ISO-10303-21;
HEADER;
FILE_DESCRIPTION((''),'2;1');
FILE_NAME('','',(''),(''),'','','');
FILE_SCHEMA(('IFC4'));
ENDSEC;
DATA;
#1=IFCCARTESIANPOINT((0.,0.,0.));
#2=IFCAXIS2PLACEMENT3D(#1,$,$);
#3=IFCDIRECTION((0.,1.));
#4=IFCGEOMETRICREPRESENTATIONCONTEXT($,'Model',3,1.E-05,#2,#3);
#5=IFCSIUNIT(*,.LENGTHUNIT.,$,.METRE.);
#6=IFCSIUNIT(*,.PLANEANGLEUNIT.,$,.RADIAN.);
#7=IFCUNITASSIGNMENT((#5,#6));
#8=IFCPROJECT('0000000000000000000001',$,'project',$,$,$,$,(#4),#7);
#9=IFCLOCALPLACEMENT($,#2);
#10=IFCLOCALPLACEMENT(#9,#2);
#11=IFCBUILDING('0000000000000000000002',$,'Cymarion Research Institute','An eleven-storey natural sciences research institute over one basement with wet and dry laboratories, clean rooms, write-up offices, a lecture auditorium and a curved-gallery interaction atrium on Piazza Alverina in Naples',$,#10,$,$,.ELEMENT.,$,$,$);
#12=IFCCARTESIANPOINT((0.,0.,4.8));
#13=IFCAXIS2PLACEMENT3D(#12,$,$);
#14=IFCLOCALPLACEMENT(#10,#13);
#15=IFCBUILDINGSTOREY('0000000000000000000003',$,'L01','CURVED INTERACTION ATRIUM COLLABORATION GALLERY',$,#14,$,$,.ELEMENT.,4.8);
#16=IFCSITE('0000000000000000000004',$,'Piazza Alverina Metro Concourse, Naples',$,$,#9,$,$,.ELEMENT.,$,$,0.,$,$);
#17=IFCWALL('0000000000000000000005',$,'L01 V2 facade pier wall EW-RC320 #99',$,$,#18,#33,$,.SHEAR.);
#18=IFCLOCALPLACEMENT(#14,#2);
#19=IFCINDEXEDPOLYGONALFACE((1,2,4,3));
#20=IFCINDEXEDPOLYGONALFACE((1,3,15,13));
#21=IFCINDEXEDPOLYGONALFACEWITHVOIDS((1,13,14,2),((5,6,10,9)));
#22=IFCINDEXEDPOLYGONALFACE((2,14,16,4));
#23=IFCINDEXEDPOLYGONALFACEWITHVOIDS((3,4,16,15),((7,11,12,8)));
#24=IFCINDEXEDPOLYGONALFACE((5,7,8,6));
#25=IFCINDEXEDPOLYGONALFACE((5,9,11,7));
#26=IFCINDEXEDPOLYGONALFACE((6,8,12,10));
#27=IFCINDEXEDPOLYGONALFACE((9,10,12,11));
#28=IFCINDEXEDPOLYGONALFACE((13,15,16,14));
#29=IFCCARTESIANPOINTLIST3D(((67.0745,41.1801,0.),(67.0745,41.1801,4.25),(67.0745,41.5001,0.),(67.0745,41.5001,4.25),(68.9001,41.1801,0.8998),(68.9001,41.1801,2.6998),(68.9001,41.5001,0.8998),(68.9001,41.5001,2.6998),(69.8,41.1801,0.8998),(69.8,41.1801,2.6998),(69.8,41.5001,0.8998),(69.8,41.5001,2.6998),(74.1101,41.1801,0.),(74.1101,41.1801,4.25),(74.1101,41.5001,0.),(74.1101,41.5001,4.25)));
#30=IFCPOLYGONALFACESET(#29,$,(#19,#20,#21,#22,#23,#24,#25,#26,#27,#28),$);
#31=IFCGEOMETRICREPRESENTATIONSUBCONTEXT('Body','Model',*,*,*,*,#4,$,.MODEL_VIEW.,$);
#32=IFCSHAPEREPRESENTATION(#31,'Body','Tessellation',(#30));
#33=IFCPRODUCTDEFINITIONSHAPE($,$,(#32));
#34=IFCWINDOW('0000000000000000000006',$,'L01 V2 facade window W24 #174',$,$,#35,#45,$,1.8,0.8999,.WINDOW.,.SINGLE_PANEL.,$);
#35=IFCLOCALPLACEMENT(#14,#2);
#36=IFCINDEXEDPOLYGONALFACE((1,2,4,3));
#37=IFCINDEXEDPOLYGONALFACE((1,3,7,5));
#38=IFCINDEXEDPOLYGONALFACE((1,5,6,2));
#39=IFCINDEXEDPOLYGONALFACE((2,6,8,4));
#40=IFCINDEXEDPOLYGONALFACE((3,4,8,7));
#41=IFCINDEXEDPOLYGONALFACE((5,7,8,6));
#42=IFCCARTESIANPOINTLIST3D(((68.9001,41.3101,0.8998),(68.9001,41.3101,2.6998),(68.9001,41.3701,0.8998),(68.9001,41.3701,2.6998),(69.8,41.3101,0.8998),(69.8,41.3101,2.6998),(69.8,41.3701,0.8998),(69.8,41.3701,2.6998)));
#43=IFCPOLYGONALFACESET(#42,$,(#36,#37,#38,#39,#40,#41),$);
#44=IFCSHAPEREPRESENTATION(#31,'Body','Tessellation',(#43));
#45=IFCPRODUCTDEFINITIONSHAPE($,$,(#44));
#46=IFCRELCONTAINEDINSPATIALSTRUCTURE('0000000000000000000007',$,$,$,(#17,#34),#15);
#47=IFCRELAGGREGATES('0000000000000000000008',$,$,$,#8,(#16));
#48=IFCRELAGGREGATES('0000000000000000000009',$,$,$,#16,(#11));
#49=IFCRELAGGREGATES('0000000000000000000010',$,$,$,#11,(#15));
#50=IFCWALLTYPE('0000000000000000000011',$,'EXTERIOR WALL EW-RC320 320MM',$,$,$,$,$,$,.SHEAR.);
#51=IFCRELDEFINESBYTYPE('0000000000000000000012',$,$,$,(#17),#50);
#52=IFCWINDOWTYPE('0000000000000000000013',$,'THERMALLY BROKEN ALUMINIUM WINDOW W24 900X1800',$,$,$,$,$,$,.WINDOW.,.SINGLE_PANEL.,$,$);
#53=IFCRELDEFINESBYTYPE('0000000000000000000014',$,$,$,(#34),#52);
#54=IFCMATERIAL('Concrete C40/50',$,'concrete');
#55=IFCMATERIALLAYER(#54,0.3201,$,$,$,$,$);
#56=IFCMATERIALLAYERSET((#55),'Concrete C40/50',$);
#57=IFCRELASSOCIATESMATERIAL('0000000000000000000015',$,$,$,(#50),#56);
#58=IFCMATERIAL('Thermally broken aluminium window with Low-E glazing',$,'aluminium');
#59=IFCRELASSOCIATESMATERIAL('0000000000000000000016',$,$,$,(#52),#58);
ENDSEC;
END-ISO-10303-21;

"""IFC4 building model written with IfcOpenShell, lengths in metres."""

from ifc_helpers import new_model, si_unit, direction, frame, frame_2d, origin, place, context, subcontext, project, spatial, rectangle, extrude, material, layer, layer_set, type_object, element, fill, save


model = new_model("IFC4")

# Units and contexts
model_context = context("Model", 3, precision=1e-05, world=origin(), true_north=direction((0.0, 1.0)))
body_context = subcontext(model_context, "Body", "Model", "MODEL_VIEW")
ifc_project = project(units=[si_unit("LENGTHUNIT", "METRE"), si_unit("PLANEANGLEUNIT", "RADIAN")], contexts=[model_context])

# Site, building, storey
site_placement = place(None, origin())
site = spatial("IfcSite", under=ifc_project, at=site_placement, Name="Piazza Alverina Metro Concourse, Naples", CompositionType="ELEMENT", RefElevation=0.0)
building_placement = place(site_placement, origin())
building = spatial("IfcBuilding", under=site, at=building_placement, Name="Cymarion Research Institute", Description="An eleven-storey natural sciences research institute over one basement with wet and dry laboratories, clean rooms, write-up offices, a lecture auditorium and a curved-gallery interaction atrium on Piazza Alverina in Naples", CompositionType="ELEMENT")
storey_placement = place(building_placement, frame((0.0, 0.0, 4.8)))
storey = spatial("IfcBuildingStorey", under=building, at=storey_placement, Name="L01", Description="CURVED INTERACTION ATRIUM COLLABORATION GALLERY", CompositionType="ELEMENT", Elevation=4.8)

# Wall, opening, window
ifc_material_1 = material(Name="Concrete C40/50", Category="concrete")
ifc_layer_1 = layer(ifc_material_1, 0.3201)
ifc_layer_set_1 = layer_set([ifc_layer_1], Name="Concrete C40/50")
wall_type = type_object("IfcWallType", Name="EXTERIOR WALL EW-RC320 320MM", PredefinedType="SHEAR", material=ifc_layer_set_1)
wall_placement = place(storey_placement, frame((74.1101, 41.3401, 0.0), z_axis=(0.0, 0.0, 1.0), x_axis=(-1.0, 0.0, 0.0)))
wall = element("IfcWall", 1, at=wall_placement, inside=storey, type_object=wall_type, Name="L01 V2 facade pier wall EW-RC320 #99", PredefinedType="SHEAR", context=body_context, shape_type="SweptSolid", body=[
    extrude(rectangle(XDim=7.0356, YDim=0.3201, at=frame_2d((3.5178, 0.0))), origin(), (0.0, 0.0, 1.0), 4.25),
])
opening_placement = place(wall_placement, frame((4.3101, 0.0, 0.8999)))
opening = element("IfcOpeningElement", 2, at=opening_placement, cuts=wall, PredefinedType="OPENING", context=body_context, shape_type="SweptSolid", body=[
    extrude(rectangle(XDim=0.8999, YDim=1.8, at=frame_2d((0.45, 0.8999))), frame((0.0, 0.1699, 0.0), z_axis=(0.0, -1.0, 0.0), x_axis=(1.0, 0.0, 0.0)), (0.0, 0.0, 1.0), 0.3401),
])
ifc_material_2 = material(Name="Thermally broken aluminium window with Low-E glazing", Category="aluminium")
window_type = type_object("IfcWindowType", Name="THERMALLY BROKEN ALUMINIUM WINDOW W24 900X1800", PartitioningType="SINGLE_PANEL", PredefinedType="WINDOW", material=ifc_material_2)
window_placement = place(opening_placement, origin())
window = element("IfcWindow", 3, at=window_placement, inside=storey, type_object=window_type, Name="L01 V2 facade window W24 #174", OverallHeight=1.8, OverallWidth=0.8999, PartitioningType="SINGLE_PANEL", PredefinedType="WINDOW", context=body_context, shape_type="SweptSolid", body=[
    extrude(rectangle(XDim=0.8999, YDim=1.8, at=frame_2d((0.45, 0.8999))), frame((0.0, 0.03, 0.0), z_axis=(0.0, -1.0, 0.0), x_axis=(1.0, 0.0, 0.0)), (0.0, 0.0, 1.0), 0.0601),
])
fill(opening, window)

save(model, "model.ifc")
